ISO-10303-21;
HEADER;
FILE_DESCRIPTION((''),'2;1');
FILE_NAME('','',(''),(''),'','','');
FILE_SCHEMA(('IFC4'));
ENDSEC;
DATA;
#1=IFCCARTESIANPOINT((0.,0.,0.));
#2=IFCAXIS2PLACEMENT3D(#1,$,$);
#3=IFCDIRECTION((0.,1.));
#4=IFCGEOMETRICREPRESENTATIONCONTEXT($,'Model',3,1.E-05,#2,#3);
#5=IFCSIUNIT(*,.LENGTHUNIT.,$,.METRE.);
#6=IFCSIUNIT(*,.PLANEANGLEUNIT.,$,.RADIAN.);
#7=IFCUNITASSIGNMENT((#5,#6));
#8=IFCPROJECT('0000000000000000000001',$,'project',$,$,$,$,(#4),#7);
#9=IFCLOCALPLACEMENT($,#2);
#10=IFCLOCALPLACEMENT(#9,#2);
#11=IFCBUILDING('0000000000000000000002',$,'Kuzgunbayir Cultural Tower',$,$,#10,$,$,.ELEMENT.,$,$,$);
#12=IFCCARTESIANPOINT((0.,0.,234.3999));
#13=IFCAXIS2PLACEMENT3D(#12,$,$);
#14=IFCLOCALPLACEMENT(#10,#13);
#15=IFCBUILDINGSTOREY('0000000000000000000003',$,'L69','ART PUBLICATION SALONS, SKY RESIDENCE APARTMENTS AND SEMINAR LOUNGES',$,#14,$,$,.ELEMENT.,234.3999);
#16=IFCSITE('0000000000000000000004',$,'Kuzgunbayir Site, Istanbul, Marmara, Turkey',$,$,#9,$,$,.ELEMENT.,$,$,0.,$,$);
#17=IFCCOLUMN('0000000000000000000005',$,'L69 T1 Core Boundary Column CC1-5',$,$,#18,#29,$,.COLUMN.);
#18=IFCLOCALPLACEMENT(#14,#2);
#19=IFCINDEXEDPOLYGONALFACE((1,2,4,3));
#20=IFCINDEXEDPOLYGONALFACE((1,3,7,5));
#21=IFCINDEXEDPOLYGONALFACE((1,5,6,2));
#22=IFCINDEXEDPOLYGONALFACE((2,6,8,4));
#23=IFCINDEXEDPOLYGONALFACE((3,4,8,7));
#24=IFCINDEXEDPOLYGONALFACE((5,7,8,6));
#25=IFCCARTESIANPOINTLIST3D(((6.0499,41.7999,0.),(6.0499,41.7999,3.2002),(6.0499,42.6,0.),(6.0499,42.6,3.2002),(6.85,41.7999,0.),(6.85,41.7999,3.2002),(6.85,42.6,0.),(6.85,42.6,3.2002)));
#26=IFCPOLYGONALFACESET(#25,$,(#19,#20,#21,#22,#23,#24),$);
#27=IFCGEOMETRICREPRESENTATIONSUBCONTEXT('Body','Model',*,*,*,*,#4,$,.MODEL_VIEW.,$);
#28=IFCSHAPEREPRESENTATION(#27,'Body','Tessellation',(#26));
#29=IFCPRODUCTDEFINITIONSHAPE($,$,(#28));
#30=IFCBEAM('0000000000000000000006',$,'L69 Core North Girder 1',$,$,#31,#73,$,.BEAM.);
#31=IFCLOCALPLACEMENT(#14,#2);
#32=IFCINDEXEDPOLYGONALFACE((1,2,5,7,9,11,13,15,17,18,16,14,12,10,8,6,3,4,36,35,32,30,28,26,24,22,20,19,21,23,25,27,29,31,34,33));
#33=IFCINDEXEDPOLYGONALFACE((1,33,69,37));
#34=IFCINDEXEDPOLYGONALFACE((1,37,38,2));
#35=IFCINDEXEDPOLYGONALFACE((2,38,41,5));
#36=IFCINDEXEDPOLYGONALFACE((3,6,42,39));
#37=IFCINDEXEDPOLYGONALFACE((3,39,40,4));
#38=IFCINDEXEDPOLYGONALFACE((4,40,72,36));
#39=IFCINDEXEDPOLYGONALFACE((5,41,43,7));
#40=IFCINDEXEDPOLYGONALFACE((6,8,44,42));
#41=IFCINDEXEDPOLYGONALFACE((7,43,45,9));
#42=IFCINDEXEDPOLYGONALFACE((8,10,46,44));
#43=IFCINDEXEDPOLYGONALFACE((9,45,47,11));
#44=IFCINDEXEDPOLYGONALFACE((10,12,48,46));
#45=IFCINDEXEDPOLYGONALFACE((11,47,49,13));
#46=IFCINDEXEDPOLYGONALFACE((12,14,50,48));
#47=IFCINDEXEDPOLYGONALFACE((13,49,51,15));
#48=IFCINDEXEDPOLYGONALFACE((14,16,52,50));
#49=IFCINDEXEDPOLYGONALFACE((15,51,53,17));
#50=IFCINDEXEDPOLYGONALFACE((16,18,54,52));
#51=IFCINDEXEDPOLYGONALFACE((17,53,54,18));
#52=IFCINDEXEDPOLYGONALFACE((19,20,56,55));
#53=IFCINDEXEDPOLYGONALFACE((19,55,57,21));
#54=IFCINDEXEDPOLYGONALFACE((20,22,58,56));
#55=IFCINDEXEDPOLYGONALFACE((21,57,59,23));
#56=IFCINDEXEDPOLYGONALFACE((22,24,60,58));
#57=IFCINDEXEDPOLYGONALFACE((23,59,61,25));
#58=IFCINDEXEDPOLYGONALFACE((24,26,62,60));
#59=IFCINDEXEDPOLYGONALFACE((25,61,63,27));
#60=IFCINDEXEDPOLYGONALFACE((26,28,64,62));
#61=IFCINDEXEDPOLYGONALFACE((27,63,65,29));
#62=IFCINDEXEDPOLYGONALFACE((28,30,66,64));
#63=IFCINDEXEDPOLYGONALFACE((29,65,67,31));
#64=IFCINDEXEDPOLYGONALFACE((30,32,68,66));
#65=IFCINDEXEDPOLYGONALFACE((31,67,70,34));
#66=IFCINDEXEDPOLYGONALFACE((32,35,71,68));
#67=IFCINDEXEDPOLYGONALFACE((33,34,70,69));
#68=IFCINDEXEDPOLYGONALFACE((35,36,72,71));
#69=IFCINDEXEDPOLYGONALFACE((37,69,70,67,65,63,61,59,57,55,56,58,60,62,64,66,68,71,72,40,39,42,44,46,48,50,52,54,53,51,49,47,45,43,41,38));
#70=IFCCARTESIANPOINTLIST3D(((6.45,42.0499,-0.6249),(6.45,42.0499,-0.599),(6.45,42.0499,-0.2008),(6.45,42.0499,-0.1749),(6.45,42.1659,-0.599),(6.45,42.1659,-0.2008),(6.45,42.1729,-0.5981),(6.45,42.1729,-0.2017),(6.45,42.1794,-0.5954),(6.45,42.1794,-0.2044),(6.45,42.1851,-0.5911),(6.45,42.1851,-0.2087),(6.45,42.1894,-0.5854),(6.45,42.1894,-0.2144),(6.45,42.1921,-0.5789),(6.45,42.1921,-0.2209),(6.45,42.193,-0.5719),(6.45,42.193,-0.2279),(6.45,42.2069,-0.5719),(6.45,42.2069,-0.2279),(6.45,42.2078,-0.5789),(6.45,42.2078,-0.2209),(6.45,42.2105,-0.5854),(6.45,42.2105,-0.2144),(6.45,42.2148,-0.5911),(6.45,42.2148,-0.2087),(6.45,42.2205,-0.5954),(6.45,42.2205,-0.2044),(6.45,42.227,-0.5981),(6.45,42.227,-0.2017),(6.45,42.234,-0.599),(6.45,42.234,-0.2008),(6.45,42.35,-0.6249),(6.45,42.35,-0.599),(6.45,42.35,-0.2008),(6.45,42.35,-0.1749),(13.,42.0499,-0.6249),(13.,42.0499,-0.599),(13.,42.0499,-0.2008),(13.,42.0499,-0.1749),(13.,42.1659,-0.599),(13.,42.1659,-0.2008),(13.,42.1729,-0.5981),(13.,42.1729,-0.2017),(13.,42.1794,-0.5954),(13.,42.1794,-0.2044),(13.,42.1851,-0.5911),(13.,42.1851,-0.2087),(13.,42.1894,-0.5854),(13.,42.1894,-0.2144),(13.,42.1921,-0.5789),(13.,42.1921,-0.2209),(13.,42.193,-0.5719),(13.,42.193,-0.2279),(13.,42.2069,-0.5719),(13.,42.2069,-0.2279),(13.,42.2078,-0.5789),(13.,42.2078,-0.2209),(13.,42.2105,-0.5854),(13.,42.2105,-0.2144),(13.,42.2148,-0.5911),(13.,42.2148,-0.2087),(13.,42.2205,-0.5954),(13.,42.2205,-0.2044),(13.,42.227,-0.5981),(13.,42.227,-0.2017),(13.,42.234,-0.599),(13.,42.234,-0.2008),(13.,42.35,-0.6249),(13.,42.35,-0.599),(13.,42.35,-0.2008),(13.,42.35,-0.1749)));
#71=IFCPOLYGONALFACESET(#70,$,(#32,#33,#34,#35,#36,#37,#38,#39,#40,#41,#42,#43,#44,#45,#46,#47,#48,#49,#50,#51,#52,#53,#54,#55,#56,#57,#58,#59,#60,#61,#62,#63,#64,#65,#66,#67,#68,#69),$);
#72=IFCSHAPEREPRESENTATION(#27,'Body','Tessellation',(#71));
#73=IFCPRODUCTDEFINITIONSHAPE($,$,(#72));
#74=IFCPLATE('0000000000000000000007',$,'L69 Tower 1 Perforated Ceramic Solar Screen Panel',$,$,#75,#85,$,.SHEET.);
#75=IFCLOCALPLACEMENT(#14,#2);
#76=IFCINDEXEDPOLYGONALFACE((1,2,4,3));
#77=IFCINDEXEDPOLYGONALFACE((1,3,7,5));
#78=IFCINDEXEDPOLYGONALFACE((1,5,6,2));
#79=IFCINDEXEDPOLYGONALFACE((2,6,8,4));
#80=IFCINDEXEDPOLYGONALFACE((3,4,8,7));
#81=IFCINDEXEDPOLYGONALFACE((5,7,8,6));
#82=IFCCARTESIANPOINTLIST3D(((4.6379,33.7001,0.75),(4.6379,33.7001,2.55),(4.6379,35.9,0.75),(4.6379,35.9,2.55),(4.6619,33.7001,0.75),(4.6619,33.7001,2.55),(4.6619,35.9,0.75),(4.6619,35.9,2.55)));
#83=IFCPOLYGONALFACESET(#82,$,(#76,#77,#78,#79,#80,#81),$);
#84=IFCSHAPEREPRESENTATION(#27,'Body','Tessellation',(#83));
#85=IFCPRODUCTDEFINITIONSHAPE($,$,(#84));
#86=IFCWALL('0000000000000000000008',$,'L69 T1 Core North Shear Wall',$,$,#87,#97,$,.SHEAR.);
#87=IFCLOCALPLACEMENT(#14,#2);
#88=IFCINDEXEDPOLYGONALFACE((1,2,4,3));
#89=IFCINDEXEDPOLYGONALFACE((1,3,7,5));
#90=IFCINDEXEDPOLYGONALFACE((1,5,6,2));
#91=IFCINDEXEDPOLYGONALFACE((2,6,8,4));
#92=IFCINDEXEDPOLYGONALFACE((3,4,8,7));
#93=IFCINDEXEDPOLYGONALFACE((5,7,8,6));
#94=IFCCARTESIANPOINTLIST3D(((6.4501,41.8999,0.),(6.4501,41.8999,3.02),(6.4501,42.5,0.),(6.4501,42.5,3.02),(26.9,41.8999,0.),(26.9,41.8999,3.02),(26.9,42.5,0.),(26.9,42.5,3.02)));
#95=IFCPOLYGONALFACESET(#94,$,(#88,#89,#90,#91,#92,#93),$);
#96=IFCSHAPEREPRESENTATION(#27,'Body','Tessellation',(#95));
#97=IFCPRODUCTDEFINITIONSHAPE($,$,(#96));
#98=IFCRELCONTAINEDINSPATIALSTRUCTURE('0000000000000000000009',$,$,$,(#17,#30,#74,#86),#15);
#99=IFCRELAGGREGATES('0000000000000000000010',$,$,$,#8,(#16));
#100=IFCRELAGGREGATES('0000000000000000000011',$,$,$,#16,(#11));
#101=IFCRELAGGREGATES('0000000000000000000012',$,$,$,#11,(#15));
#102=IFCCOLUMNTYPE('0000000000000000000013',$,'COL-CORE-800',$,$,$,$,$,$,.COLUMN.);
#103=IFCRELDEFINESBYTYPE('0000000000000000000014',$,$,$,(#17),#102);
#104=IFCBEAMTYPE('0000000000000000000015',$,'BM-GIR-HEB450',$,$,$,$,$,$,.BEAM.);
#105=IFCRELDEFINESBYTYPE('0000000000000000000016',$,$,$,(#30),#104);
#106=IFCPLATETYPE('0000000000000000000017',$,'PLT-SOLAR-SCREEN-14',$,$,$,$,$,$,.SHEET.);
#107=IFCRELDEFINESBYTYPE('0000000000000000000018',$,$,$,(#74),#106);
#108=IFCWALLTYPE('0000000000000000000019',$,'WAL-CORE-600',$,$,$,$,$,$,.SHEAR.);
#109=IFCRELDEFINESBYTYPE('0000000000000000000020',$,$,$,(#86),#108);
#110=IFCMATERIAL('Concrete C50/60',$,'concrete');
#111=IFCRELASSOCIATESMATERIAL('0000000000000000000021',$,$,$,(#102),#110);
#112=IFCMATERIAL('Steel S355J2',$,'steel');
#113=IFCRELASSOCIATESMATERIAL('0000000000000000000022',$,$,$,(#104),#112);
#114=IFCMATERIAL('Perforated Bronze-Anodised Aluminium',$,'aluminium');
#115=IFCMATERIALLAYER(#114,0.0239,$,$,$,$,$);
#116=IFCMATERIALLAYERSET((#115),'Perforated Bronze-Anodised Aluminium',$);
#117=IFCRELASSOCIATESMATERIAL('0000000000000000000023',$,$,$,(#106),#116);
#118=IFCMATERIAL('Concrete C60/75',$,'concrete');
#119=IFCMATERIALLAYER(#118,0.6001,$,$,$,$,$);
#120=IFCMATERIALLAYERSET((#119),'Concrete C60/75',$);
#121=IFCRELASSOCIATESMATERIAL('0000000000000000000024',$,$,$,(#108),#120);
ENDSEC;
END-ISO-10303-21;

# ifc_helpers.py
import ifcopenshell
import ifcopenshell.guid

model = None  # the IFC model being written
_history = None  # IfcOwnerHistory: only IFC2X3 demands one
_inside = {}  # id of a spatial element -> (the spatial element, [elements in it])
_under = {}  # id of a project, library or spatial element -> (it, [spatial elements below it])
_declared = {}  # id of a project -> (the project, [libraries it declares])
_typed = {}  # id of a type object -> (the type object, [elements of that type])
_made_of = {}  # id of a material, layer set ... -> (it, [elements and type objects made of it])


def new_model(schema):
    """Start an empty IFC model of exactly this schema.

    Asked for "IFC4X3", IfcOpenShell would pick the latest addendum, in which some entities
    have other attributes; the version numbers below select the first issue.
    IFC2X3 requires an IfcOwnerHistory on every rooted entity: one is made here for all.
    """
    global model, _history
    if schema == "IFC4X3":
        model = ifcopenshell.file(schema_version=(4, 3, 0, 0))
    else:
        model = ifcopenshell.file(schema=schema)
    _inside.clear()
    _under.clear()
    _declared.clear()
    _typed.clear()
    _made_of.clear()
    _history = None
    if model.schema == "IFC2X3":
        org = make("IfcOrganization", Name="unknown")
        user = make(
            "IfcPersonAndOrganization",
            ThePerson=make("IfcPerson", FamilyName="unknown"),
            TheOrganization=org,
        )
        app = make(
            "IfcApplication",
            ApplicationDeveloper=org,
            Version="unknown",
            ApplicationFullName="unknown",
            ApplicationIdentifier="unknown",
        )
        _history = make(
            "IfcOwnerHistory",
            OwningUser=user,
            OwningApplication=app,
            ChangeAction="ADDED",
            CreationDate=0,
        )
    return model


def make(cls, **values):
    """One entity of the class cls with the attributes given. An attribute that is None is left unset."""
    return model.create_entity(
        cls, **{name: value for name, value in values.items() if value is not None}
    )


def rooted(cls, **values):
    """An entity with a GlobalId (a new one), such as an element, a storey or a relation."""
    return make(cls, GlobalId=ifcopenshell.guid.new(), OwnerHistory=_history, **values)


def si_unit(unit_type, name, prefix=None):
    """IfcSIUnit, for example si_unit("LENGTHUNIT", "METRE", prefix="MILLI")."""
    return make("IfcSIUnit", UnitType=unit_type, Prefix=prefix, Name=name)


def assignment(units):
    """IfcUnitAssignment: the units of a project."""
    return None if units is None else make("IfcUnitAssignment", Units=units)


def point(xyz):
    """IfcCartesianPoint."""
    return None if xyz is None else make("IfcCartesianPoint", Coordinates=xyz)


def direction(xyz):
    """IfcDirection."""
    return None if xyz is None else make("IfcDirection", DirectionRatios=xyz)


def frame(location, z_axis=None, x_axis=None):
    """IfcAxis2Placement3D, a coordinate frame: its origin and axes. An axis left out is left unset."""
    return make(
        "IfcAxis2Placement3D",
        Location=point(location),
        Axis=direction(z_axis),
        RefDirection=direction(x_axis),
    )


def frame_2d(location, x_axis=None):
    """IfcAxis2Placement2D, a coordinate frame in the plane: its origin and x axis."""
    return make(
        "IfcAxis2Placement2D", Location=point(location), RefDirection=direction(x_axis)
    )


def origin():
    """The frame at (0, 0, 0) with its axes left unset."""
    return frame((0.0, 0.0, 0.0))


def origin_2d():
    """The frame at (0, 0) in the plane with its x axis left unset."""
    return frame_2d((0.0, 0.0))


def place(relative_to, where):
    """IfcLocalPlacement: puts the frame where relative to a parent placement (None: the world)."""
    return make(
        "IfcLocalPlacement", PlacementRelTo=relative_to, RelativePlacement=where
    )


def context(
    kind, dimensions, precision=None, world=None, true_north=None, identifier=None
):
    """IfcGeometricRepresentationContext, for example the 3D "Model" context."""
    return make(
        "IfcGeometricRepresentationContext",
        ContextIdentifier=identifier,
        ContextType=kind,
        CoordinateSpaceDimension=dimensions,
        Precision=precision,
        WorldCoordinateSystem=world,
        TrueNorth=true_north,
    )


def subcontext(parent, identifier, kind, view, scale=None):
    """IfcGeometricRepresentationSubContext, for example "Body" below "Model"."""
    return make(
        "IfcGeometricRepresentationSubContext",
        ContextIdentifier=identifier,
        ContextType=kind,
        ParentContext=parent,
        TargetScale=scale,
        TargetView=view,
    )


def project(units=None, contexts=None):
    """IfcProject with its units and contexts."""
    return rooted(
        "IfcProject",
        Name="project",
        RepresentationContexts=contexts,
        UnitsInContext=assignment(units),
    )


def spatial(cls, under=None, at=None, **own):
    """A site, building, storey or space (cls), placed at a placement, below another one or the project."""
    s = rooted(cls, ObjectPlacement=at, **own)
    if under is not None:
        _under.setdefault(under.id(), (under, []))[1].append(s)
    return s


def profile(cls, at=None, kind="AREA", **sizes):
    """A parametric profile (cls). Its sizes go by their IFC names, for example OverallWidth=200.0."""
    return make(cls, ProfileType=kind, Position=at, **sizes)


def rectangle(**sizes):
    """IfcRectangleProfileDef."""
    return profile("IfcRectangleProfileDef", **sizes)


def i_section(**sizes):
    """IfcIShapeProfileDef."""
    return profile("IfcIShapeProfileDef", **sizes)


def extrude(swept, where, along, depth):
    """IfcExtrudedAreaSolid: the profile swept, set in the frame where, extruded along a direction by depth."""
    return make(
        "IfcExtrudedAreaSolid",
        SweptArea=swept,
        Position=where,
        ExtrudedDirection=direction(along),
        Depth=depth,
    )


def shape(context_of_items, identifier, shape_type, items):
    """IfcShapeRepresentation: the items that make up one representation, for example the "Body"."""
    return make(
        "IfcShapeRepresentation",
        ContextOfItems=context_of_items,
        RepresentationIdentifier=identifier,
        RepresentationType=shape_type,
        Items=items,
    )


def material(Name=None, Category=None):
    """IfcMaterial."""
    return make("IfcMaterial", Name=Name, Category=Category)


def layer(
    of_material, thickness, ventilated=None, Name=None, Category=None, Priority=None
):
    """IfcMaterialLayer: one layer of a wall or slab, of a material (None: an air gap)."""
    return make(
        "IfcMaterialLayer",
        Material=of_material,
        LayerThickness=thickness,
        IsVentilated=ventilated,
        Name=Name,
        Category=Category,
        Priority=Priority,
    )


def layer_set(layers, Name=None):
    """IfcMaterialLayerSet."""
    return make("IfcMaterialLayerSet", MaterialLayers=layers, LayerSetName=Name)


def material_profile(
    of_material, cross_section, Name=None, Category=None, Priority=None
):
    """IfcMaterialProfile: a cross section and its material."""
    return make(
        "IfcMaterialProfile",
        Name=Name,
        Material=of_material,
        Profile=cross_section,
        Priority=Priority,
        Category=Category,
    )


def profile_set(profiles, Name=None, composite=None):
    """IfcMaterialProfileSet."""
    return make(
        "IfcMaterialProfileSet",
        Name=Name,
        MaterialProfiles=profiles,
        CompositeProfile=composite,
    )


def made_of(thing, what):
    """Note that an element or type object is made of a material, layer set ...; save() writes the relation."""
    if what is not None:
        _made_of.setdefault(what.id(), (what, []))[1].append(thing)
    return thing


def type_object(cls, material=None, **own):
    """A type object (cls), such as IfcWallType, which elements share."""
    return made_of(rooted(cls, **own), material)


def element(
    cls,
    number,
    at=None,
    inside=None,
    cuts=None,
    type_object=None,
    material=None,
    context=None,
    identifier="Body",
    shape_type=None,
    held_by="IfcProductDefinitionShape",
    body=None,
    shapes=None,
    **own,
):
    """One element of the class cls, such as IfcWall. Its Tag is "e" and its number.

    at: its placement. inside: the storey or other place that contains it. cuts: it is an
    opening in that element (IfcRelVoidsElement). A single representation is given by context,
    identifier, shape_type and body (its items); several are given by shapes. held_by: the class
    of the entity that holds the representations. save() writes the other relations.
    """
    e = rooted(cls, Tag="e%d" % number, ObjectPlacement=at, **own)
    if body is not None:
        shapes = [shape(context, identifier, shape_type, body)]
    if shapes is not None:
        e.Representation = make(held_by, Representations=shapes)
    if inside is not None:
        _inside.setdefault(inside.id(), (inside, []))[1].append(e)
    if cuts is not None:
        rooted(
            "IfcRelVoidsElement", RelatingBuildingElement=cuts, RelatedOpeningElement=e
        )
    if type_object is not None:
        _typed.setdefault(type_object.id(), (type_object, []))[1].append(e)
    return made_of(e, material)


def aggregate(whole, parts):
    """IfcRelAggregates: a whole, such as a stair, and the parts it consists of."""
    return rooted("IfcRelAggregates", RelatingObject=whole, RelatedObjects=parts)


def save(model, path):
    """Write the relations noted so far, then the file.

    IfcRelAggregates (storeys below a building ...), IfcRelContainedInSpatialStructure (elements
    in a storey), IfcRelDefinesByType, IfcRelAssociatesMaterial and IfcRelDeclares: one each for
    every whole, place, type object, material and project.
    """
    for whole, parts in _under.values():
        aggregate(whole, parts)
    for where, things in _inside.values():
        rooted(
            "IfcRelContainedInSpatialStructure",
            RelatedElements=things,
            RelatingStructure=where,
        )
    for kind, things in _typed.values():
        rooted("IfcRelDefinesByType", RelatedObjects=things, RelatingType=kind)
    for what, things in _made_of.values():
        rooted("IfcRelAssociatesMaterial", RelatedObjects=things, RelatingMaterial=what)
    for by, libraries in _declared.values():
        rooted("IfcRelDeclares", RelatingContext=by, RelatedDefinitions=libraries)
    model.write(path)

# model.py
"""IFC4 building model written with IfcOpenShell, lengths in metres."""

from ifc_helpers import new_model, si_unit, direction, frame, frame_2d, origin, origin_2d, place, context, subcontext, project, spatial, rectangle, i_section, extrude, material, layer, layer_set, material_profile, profile_set, type_object, element, save


model = new_model("IFC4")

# Units and contexts
model_context = context("Model", 3, precision=1e-05, world=origin(), true_north=direction((0.0, 1.0)))
body_context = subcontext(model_context, "Body", "Model", "MODEL_VIEW")
ifc_project = project(units=[si_unit("LENGTHUNIT", "METRE"), si_unit("PLANEANGLEUNIT", "RADIAN")], contexts=[model_context])

# Site, building, storey
site_placement = place(None, origin())
site = spatial("IfcSite", under=ifc_project, at=site_placement, Name="Kuzgunbayir Site, Istanbul, Marmara, Turkey", CompositionType="ELEMENT", RefElevation=0.0)
building_placement = place(site_placement, origin())
building = spatial("IfcBuilding", under=site, at=building_placement, Name="Kuzgunbayir Cultural Tower", CompositionType="ELEMENT")
storey_placement = place(building_placement, frame((0.0, 0.0, 234.3999)))
storey = spatial("IfcBuildingStorey", under=building, at=storey_placement, Name="L69", Description="ART PUBLICATION SALONS, SKY RESIDENCE APARTMENTS AND SEMINAR LOUNGES", CompositionType="ELEMENT", Elevation=234.3999)

# Column
ifc_material_1 = material(Name="Concrete C50/60", Category="concrete")
ifc_material_profile_1 = material_profile(ifc_material_1, rectangle(XDim=0.8, YDim=0.8, at=origin_2d()), Name="RC 800x800")
ifc_profile_set_1 = profile_set([ifc_material_profile_1], Name="Concrete C50/60")
column_type = type_object("IfcColumnType", Name="COL-CORE-800", PredefinedType="COLUMN", material=ifc_profile_set_1)
column_placement = place(storey_placement, frame((6.45, 42.2, 0.0), z_axis=(0.0, 0.0, 1.0), x_axis=(1.0, 0.0, 0.0)))
element("IfcColumn", 1, at=column_placement, inside=storey, type_object=column_type, Name="L69 T1 Core Boundary Column CC1-5", PredefinedType="COLUMN", context=body_context, shape_type="SweptSolid", body=[
    extrude(rectangle(XDim=0.8, YDim=0.8, at=origin_2d()), origin(), (0.0, 0.0, 1.0), 3.2002),
])

# Beam
ifc_material_2 = material(Name="Steel S355J2", Category="steel")
ifc_material_profile_2 = material_profile(ifc_material_2, i_section(OverallWidth=0.3, OverallDepth=0.45, WebThickness=0.0139, FlangeThickness=0.0259, FilletRadius=0.0271, at=origin_2d()), Name="HEB 450")
ifc_profile_set_2 = profile_set([ifc_material_profile_2], Name="Steel S355J2")
beam_type = type_object("IfcBeamType", Name="BM-GIR-HEB450", PredefinedType="BEAM", material=ifc_profile_set_2)
beam_placement = place(storey_placement, frame((6.45, 42.2, -0.3999), z_axis=(1.0, 0.0, 0.0), x_axis=(0.0, 1.0, 0.0)))
element("IfcBeam", 2, at=beam_placement, inside=storey, type_object=beam_type, Name="L69 Core North Girder 1", PredefinedType="BEAM", context=body_context, shape_type="SweptSolid", body=[
    extrude(i_section(OverallWidth=0.3, OverallDepth=0.45, WebThickness=0.0139, FlangeThickness=0.0259, FilletRadius=0.0271, at=origin_2d()), origin(), (0.0, 0.0, 1.0), 6.55),
])

# Plate
ifc_material_3 = material(Name="Perforated Bronze-Anodised Aluminium", Category="aluminium")
ifc_layer_1 = layer(ifc_material_3, 0.0239)
ifc_layer_set_1 = layer_set([ifc_layer_1], Name="Perforated Bronze-Anodised Aluminium")
plate_type = type_object("IfcPlateType", Name="PLT-SOLAR-SCREEN-14", PredefinedType="SHEET", material=ifc_layer_set_1)
plate_placement = place(storey_placement, frame((4.6499, 34.8, 0.75), z_axis=(0.0, 0.0, 1.0), x_axis=(1.0, 0.0, 0.0)))
element("IfcPlate", 3, at=plate_placement, inside=storey, type_object=plate_type, Name="L69 Tower 1 Perforated Ceramic Solar Screen Panel", PredefinedType="SHEET", context=body_context, shape_type="SweptSolid", body=[
    extrude(rectangle(XDim=0.0239, YDim=2.2, at=origin_2d()), origin(), (0.0, 0.0, 1.0), 1.8),
])

# Wall
ifc_material_4 = material(Name="Concrete C60/75", Category="concrete")
ifc_layer_2 = layer(ifc_material_4, 0.6001)
ifc_layer_set_2 = layer_set([ifc_layer_2], Name="Concrete C60/75")
wall_type_1 = type_object("IfcWallType", Name="WAL-CORE-600", PredefinedType="SHEAR", material=ifc_layer_set_2)
wall_1_placement = place(storey_placement, frame((6.45, 42.2, 0.0), z_axis=(0.0, 0.0, 1.0), x_axis=(1.0, 0.0, 0.0)))
element("IfcWall", 4, at=wall_1_placement, inside=storey, type_object=wall_type_1, Name="L69 T1 Core North Shear Wall", PredefinedType="SHEAR", context=body_context, shape_type="SweptSolid", body=[
    extrude(rectangle(XDim=20.45, YDim=0.6001, at=frame_2d((10.2251, 0.0))), origin(), (0.0, 0.0, 1.0), 3.02),
])

save(model, "model.ifc")
